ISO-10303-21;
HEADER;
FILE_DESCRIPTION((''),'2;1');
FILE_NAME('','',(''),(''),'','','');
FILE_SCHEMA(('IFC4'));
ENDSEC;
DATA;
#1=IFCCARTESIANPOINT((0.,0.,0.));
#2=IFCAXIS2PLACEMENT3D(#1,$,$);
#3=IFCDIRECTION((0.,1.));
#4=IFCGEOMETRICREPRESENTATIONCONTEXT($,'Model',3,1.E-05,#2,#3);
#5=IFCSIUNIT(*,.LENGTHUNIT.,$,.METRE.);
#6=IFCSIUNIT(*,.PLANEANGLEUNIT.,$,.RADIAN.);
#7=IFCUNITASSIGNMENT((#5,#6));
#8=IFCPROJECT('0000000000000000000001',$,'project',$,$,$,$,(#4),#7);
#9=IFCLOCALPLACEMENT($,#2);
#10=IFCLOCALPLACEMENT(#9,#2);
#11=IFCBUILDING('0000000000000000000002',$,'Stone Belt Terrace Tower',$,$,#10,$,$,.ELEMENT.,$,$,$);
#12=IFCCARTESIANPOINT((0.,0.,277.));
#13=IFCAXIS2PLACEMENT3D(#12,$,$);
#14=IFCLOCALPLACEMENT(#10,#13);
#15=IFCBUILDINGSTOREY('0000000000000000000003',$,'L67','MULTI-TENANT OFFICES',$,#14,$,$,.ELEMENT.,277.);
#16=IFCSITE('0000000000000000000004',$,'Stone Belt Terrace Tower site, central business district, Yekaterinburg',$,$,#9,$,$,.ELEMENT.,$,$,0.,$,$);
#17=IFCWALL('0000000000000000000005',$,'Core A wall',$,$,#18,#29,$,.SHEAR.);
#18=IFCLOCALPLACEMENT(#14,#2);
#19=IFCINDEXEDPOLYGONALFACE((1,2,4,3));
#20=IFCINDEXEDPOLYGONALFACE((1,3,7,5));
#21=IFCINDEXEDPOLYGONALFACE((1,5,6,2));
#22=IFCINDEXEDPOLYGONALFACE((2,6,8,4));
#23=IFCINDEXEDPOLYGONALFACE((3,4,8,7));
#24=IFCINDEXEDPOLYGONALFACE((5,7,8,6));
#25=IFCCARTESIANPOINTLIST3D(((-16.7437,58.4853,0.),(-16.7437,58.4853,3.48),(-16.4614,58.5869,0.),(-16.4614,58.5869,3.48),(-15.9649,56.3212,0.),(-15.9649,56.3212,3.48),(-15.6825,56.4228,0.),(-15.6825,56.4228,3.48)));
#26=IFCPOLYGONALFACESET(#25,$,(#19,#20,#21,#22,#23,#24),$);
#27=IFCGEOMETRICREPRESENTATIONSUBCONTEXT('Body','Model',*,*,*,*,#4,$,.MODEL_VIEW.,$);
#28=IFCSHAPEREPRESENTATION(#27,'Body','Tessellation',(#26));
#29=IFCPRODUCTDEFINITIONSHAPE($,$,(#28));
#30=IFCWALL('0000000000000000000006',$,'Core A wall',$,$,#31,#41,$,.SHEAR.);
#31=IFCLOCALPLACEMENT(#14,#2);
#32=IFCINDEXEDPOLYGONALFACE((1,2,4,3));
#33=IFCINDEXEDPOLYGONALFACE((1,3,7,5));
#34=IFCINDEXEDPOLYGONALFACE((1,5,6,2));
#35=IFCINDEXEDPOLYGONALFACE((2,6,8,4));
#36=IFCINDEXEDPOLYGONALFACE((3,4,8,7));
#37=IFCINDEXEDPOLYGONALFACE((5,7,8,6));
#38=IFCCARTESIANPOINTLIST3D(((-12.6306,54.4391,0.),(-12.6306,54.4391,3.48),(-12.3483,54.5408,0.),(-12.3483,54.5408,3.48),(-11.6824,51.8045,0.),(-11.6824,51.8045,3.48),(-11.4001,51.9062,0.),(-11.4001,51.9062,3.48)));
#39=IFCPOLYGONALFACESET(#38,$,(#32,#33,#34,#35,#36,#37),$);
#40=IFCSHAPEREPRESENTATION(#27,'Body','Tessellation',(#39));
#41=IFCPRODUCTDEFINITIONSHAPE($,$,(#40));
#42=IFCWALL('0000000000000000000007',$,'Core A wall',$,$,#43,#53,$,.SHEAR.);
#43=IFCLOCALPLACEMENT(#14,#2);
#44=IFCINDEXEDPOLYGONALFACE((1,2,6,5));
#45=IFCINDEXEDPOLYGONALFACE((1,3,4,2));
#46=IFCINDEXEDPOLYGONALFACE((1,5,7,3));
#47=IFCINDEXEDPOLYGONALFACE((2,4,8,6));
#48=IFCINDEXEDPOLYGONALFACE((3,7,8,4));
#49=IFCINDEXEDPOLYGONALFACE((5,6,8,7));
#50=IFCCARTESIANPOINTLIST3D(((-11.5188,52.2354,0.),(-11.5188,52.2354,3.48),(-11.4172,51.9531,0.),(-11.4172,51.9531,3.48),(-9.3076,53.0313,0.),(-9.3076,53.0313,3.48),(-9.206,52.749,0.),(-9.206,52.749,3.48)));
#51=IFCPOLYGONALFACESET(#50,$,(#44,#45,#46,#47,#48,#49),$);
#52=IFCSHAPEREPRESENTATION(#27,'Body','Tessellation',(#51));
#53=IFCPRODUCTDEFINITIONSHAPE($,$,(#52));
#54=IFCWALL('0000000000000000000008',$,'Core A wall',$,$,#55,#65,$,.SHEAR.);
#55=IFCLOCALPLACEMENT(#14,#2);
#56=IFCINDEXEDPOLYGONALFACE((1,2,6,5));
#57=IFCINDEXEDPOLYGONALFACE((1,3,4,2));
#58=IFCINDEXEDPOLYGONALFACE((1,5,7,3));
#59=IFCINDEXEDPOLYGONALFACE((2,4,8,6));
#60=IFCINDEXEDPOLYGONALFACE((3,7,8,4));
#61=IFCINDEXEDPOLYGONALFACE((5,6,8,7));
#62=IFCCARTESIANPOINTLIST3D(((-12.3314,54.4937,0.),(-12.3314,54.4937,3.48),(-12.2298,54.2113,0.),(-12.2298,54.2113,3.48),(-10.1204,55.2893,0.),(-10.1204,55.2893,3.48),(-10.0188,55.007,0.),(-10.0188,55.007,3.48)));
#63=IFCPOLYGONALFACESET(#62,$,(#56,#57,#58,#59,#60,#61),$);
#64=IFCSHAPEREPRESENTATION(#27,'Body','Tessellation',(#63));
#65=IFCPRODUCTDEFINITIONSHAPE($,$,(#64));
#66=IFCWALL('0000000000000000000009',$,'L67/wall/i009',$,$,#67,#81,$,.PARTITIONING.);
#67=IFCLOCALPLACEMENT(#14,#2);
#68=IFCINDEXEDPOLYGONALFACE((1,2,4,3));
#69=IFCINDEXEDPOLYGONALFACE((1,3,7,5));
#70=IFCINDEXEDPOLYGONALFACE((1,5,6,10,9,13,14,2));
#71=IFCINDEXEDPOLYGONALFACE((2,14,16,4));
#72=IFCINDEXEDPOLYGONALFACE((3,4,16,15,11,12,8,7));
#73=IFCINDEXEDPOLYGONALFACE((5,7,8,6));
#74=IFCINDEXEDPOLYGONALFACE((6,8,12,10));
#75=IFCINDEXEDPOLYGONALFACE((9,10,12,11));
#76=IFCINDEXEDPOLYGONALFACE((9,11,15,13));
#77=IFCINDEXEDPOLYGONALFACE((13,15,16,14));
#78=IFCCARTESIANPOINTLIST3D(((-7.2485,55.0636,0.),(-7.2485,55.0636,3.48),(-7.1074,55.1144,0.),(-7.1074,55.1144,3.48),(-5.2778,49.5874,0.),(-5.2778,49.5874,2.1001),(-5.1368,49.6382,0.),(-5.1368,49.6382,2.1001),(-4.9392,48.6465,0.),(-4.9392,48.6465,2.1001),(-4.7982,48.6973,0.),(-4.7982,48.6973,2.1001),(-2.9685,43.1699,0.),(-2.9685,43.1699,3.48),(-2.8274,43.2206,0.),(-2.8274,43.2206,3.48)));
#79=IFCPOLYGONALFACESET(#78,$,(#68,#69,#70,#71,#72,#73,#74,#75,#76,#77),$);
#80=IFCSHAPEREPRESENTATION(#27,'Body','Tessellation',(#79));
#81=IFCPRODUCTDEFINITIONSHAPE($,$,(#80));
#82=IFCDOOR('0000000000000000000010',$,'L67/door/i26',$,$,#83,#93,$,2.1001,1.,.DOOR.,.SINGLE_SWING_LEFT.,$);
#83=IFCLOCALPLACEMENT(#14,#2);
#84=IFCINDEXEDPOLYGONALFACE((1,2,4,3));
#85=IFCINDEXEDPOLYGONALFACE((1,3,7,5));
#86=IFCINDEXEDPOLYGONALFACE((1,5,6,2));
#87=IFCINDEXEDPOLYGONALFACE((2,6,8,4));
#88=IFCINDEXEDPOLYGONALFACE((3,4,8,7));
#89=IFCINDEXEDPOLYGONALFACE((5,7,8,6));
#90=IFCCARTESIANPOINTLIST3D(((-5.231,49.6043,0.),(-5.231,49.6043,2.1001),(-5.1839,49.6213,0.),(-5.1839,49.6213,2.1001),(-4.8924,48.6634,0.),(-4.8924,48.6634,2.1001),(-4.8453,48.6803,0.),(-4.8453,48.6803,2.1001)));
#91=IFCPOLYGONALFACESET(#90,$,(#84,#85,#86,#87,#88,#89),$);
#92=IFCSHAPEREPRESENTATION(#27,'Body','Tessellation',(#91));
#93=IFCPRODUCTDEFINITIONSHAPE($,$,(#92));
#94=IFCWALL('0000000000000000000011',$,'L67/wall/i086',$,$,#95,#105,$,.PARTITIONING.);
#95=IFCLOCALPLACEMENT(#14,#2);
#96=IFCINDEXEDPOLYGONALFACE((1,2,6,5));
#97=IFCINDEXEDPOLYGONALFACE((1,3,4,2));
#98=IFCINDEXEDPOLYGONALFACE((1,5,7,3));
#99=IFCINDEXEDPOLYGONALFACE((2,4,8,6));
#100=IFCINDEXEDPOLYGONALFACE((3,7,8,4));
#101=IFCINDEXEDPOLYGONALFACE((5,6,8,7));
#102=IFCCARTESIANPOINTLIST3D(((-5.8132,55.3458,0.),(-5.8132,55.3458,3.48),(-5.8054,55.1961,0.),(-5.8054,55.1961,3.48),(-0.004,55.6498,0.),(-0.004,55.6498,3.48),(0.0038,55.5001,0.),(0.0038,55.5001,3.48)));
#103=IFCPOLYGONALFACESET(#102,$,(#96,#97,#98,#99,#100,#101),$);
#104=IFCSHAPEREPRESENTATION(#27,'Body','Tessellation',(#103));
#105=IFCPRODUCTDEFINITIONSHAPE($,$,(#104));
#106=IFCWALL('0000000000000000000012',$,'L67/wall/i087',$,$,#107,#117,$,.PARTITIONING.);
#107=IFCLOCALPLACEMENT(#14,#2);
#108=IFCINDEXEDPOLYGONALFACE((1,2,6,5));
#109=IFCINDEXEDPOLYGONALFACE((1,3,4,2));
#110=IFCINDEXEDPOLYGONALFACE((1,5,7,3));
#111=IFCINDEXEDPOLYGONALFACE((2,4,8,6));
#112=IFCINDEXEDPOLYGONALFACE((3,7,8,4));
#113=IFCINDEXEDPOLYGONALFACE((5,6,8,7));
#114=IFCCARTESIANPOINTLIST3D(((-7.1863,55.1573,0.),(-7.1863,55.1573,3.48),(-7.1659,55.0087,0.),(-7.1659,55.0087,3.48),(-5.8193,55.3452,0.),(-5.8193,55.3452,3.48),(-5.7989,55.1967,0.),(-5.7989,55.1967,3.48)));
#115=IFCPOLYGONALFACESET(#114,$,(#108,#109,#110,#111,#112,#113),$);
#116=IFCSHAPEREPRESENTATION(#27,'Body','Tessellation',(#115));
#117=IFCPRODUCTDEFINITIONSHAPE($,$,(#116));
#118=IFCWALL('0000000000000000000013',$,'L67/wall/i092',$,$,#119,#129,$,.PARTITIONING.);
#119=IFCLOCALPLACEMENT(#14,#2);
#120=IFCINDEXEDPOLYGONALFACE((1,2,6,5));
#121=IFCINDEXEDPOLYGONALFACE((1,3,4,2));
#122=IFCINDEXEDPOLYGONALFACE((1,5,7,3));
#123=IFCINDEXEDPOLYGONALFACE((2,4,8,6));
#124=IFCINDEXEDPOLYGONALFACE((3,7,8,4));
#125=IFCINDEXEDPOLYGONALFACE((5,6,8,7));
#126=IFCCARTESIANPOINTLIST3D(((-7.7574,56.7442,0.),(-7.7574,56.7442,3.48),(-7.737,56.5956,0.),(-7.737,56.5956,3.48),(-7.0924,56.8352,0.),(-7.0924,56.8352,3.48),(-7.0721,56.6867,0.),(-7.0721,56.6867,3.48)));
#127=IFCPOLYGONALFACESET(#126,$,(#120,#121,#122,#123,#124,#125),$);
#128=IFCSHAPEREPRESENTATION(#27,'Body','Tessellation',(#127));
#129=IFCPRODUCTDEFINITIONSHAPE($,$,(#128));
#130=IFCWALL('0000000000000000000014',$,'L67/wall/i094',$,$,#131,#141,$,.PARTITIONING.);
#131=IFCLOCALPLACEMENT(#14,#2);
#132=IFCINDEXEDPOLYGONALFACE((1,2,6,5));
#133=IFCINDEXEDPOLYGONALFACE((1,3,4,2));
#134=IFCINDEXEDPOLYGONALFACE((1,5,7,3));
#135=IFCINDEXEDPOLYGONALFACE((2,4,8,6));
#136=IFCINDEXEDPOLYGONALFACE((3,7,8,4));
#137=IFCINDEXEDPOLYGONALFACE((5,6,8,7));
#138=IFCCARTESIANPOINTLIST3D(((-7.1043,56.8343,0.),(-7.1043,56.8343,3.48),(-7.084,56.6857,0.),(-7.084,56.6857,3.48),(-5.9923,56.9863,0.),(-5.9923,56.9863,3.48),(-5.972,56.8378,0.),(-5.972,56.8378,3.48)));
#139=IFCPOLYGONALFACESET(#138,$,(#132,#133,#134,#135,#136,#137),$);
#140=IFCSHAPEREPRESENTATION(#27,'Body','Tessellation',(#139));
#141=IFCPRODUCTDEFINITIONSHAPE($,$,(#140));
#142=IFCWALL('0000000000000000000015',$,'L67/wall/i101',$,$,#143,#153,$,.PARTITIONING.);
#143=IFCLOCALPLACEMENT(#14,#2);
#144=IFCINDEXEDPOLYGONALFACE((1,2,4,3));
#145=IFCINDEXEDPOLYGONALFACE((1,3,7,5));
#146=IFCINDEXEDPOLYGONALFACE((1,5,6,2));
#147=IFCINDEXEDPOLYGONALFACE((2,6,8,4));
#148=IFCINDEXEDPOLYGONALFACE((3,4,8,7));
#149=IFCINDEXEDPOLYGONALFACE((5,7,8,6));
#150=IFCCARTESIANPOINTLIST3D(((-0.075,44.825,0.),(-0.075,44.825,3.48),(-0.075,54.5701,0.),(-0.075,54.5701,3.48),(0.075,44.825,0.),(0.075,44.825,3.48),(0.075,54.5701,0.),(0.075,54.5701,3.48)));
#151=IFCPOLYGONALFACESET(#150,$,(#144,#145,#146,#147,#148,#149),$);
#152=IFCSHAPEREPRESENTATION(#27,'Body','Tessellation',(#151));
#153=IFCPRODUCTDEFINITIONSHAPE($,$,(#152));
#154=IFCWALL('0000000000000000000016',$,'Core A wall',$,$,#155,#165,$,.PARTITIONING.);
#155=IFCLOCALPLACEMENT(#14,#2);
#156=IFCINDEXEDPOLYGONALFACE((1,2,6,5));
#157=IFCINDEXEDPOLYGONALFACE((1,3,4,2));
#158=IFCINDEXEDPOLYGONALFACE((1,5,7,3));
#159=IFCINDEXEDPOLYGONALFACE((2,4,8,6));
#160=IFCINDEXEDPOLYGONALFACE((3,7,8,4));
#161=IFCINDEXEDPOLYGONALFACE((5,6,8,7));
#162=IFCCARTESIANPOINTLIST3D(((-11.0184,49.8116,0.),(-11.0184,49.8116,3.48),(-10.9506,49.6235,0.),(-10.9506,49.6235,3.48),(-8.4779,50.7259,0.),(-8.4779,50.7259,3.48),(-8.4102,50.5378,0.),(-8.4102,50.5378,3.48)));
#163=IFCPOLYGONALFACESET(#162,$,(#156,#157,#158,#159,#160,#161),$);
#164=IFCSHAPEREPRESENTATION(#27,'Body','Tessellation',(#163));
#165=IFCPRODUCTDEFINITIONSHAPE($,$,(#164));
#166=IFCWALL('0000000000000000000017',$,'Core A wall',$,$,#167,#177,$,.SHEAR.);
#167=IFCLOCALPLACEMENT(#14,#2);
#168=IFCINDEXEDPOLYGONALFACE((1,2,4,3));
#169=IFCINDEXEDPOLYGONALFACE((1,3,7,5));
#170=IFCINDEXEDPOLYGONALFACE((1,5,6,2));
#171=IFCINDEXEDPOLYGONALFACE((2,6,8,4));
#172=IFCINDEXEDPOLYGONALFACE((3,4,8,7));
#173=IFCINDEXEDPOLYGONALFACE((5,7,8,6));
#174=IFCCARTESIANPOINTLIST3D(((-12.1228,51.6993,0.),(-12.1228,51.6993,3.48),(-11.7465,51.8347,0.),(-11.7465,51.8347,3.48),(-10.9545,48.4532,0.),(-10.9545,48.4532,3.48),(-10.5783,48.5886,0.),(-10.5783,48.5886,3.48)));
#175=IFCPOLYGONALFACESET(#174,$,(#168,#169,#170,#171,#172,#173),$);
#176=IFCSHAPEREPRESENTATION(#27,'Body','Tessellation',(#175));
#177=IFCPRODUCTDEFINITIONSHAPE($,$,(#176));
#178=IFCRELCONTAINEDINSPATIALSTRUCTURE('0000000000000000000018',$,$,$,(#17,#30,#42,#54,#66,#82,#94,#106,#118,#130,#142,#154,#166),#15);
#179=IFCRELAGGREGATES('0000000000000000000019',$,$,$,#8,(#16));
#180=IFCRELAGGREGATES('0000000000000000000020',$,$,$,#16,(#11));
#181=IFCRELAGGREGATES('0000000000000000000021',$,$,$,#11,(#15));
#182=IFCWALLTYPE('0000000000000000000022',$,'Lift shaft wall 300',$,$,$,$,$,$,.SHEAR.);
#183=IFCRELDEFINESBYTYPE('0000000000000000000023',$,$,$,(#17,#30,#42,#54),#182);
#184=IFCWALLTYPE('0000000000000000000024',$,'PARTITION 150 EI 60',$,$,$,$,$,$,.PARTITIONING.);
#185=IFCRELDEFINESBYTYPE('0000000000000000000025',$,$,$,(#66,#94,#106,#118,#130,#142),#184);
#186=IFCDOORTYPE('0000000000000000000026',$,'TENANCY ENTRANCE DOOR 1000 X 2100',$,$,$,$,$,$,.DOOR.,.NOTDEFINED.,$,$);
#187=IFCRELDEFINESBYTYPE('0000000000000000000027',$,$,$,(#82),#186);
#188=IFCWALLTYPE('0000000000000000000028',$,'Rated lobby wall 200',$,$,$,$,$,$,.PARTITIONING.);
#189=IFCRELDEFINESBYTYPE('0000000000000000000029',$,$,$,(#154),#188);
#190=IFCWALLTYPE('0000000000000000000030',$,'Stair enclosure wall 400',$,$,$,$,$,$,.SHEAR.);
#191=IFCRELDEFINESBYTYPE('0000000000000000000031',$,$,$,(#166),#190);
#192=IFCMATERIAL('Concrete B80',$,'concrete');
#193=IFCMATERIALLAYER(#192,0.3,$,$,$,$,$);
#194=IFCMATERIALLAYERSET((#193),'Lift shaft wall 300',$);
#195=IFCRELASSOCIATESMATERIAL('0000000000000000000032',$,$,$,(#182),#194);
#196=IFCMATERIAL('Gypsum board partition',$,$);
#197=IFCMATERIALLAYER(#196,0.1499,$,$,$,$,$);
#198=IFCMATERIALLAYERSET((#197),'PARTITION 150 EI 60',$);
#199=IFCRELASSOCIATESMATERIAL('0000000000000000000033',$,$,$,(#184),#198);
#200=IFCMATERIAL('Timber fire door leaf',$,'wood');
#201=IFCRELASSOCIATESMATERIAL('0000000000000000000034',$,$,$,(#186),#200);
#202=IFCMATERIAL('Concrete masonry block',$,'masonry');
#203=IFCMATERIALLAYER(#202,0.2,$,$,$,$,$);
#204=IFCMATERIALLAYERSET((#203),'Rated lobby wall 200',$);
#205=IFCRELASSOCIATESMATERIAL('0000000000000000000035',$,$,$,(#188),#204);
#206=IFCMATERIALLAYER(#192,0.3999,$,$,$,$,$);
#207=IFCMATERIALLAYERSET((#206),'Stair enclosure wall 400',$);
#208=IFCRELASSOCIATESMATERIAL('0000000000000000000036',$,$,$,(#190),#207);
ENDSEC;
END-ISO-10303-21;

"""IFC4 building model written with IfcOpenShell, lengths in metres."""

from ifc_helpers import new_model, si_unit, direction, frame, frame_2d, origin, place, context, subcontext, project, spatial, rectangle, extrude, material, layer, layer_set, type_object, element, fill, save


model = new_model("IFC4")

# Units and contexts
model_context = context("Model", 3, precision=1e-05, world=origin(), true_north=direction((0.0, 1.0)))
body_context = subcontext(model_context, "Body", "Model", "MODEL_VIEW")
ifc_project = project(units=[si_unit("LENGTHUNIT", "METRE"), si_unit("PLANEANGLEUNIT", "RADIAN")], contexts=[model_context])

# Site, building, storey
site_placement = place(None, origin())
site = spatial("IfcSite", under=ifc_project, at=site_placement, Name="Stone Belt Terrace Tower site, central business district, Yekaterinburg", CompositionType="ELEMENT", RefElevation=0.0)
building_placement = place(site_placement, origin())
building = spatial("IfcBuilding", under=site, at=building_placement, Name="Stone Belt Terrace Tower", CompositionType="ELEMENT")
storey_placement = place(building_placement, frame((0.0, 0.0, 277.0)))
storey = spatial("IfcBuildingStorey", under=building, at=storey_placement, Name="L67", Description="MULTI-TENANT OFFICES", CompositionType="ELEMENT", Elevation=277.0)

# Walls
ifc_material_1 = material(Name="Concrete B80", Category="concrete")
ifc_layer_1 = layer(ifc_material_1, 0.3)
ifc_layer_set_1 = layer_set([ifc_layer_1], Name="Lift shaft wall 300")
wall_type_1 = type_object("IfcWallType", Name="Lift shaft wall 300", PredefinedType="SHEAR", material=ifc_layer_set_1)
wall_1_placement = place(storey_placement, frame((-15.8237, 56.3721, 0.0), z_axis=(0.0, 0.0, 1.0), x_axis=(-0.338622, 0.940923, 0.0)))
element("IfcWall", 1, at=wall_1_placement, inside=storey, type_object=wall_type_1, Name="Core A wall", PredefinedType="SHEAR", context=body_context, shape_type="SweptSolid", body=[
    extrude(rectangle(XDim=2.3, YDim=0.3, at=frame_2d((1.1499, 0.0))), origin(), (0.0, 0.0, 1.0), 3.48),
])
wall_2_placement = place(storey_placement, frame((-11.5413, 51.8555, 0.0), z_axis=(0.0, 0.0, 1.0), x_axis=(-0.338661, 0.940909, 0.0)))
element("IfcWall", 2, at=wall_2_placement, inside=storey, type_object=wall_type_1, Name="Core A wall", PredefinedType="SHEAR", context=body_context, shape_type="SweptSolid", body=[
    extrude(rectangle(XDim=2.8, YDim=0.3, at=frame_2d((1.3999, 0.0))), origin(), (0.0, 0.0, 1.0), 3.48),
])
wall_3_placement = place(storey_placement, frame((-11.468, 52.0942, 0.0), z_axis=(0.0, 0.0, 1.0), x_axis=(0.940905, 0.338672, 0.0)))
element("IfcWall", 3, at=wall_3_placement, inside=storey, type_object=wall_type_1, Name="Core A wall", PredefinedType="SHEAR", context=body_context, shape_type="SweptSolid", body=[
    extrude(rectangle(XDim=2.3501, YDim=0.3, at=frame_2d((1.175, 0.0))), origin(), (0.0, 0.0, 1.0), 3.48),
])
wall_4_placement = place(storey_placement, frame((-12.2805, 54.3525, 0.0), z_axis=(0.0, 0.0, 1.0), x_axis=(0.940926, 0.338613, 0.0)))
element("IfcWall", 4, at=wall_4_placement, inside=storey, type_object=wall_type_1, Name="Core A wall", PredefinedType="SHEAR", context=body_context, shape_type="SweptSolid", body=[
    extrude(rectangle(XDim=2.3499, YDim=0.3, at=frame_2d((1.1748, 0.0))), origin(), (0.0, 0.0, 1.0), 3.48),
])

# Wall, opening, door
ifc_material_2 = material(Name="Gypsum board partition")
ifc_layer_2 = layer(ifc_material_2, 0.1499)
ifc_layer_set_2 = layer_set([ifc_layer_2], Name="PARTITION 150 EI 60")
wall_type_2 = type_object("IfcWallType", Name="PARTITION 150 EI 60", PredefinedType="PARTITIONING", material=ifc_layer_set_2)
wall_5_placement = place(storey_placement, frame((-7.178, 55.0891, 0.0), z_axis=(0.0, 0.0, 1.0), x_axis=(0.338598, -0.940931, 0.0)))
wall_5 = element("IfcWall", 5, at=wall_5_placement, inside=storey, type_object=wall_type_2, Name="L67/wall/i009", PredefinedType="PARTITIONING", context=body_context, shape_type="SweptSolid", body=[
    extrude(rectangle(XDim=12.6404, YDim=0.1499, at=frame_2d((6.3203, 0.0))), origin(), (0.0, 0.0, 1.0), 3.48),
])
opening_1_placement = place(wall_5_placement, frame((5.8201, 0.0, 0.0)))
opening_1 = element("IfcOpeningElement", 6, at=opening_1_placement, cuts=wall_5, PredefinedType="OPENING", context=body_context, shape_type="SweptSolid", body=[
    extrude(rectangle(XDim=1.0, YDim=2.1001, at=frame_2d((0.5, 1.05))), frame((0.0, 0.085, 0.0), z_axis=(0.0, -1.0, 0.0), x_axis=(1.0, 0.0, 0.0)), (0.0, 0.0, 1.0), 0.1699),
])
ifc_material_3 = material(Name="Timber fire door leaf", Category="wood")
door_type_1 = type_object("IfcDoorType", Name="TENANCY ENTRANCE DOOR 1000 X 2100", OperationType="NOTDEFINED", PredefinedType="DOOR", material=ifc_material_3)
door_1_placement = place(opening_1_placement, origin())
door_1 = element("IfcDoor", 7, at=door_1_placement, inside=storey, type_object=door_type_1, Name="L67/door/i26", OperationType="SINGLE_SWING_LEFT", OverallHeight=2.1001, OverallWidth=1.0, PredefinedType="DOOR", context=body_context, shape_type="SweptSolid", body=[
    extrude(rectangle(XDim=1.0, YDim=2.1001, at=frame_2d((0.5, 1.05))), frame((0.0, 0.0249, 0.0), z_axis=(0.0, -1.0, 0.0), x_axis=(1.0, 0.0, 0.0)), (0.0, 0.0, 1.0), 0.05),
])
fill(opening_1, door_1)

# Walls
wall_6_placement = place(storey_placement, frame((0.0, 55.575, 0.0), z_axis=(0.0, 0.0, 1.0), x_axis=(-0.998634, -0.052253, 0.0)))
element("IfcWall", 8, at=wall_6_placement, inside=storey, type_object=wall_type_2, Name="L67/wall/i086", PredefinedType="PARTITIONING", context=body_context, shape_type="SweptSolid", body=[
    extrude(rectangle(XDim=5.8171, YDim=0.1499, at=frame_2d((2.9087, 0.0))), origin(), (0.0, 0.0, 1.0), 3.48),
])
wall_7_placement = place(storey_placement, frame((-5.8091, 55.271, 0.0), z_axis=(0.0, 0.0, 1.0), x_axis=(-0.990676, -0.136242, 0.0)))
element("IfcWall", 9, at=wall_7_placement, inside=storey, type_object=wall_type_2, Name="L67/wall/i087", PredefinedType="PARTITIONING", context=body_context, shape_type="SweptSolid", body=[
    extrude(rectangle(XDim=1.3799, YDim=0.1499, at=frame_2d((0.6899, 0.0))), origin(), (0.0, 0.0, 1.0), 3.48),
])
wall_8_placement = place(storey_placement, frame((-7.7471, 56.6699, 0.0), z_axis=(0.0, 0.0, 1.0), x_axis=(0.990755, 0.135665, 0.0)))
element("IfcWall", 10, at=wall_8_placement, inside=storey, type_object=wall_type_2, Name="L67/wall/i092", PredefinedType="PARTITIONING", context=body_context, shape_type="SweptSolid", body=[
    extrude(rectangle(XDim=0.6711, YDim=0.1499, at=frame_2d((0.3354, 0.0))), origin(), (0.0, 0.0, 1.0), 3.48),
])
wall_9_placement = place(storey_placement, frame((-7.094, 56.76, 0.0), z_axis=(0.0, 0.0, 1.0), x_axis=(0.990776, 0.135511, 0.0)))
element("IfcWall", 11, at=wall_9_placement, inside=storey, type_object=wall_type_2, Name="L67/wall/i094", PredefinedType="PARTITIONING", context=body_context, shape_type="SweptSolid", body=[
    extrude(rectangle(XDim=1.1223, YDim=0.1499, at=frame_2d((0.561, 0.0))), origin(), (0.0, 0.0, 1.0), 3.48),
])
wall_10_placement = place(storey_placement, frame((0.0, 54.5701, 0.0), z_axis=(0.0, 0.0, 1.0), x_axis=(0.0, -1.0, 0.0)))
element("IfcWall", 12, at=wall_10_placement, inside=storey, type_object=wall_type_2, Name="L67/wall/i101", PredefinedType="PARTITIONING", context=body_context, shape_type="SweptSolid", body=[
    extrude(rectangle(XDim=9.7451, YDim=0.1499, at=frame_2d((4.8726, 0.0))), origin(), (0.0, 0.0, 1.0), 3.48),
])
ifc_material_4 = material(Name="Concrete masonry block", Category="masonry")
ifc_layer_3 = layer(ifc_material_4, 0.2)
ifc_layer_set_3 = layer_set([ifc_layer_3], Name="Rated lobby wall 200")
wall_type_3 = type_object("IfcWallType", Name="Rated lobby wall 200", PredefinedType="PARTITIONING", material=ifc_layer_set_3)
wall_11_placement = place(storey_placement, frame((-10.9846, 49.7175, 0.0), z_axis=(0.0, 0.0, 1.0), x_axis=(0.940921, 0.338627, 0.0)))
element("IfcWall", 13, at=wall_11_placement, inside=storey, type_object=wall_type_3, Name="Core A wall", PredefinedType="PARTITIONING", context=body_context, shape_type="SweptSolid", body=[
    extrude(rectangle(XDim=2.7, YDim=0.2, at=frame_2d((1.3501, 0.0))), origin(), (0.0, 0.0, 1.0), 3.48),
])
ifc_layer_4 = layer(ifc_material_1, 0.3999)
ifc_layer_set_4 = layer_set([ifc_layer_4], Name="Stair enclosure wall 400")
wall_type_4 = type_object("IfcWallType", Name="Stair enclosure wall 400", PredefinedType="SHEAR", material=ifc_layer_set_4)
wall_12_placement = place(storey_placement, frame((-10.7664, 48.5208, 0.0), z_axis=(0.0, 0.0, 1.0), x_axis=(-0.338622, 0.940923, 0.0)))
element("IfcWall", 14, at=wall_12_placement, inside=storey, type_object=wall_type_4, Name="Core A wall", PredefinedType="SHEAR", context=body_context, shape_type="SweptSolid", body=[
    extrude(rectangle(XDim=3.45, YDim=0.3999, at=frame_2d((1.7251, 0.0))), origin(), (0.0, 0.0, 1.0), 3.48),
])

save(model, "model.ifc")
